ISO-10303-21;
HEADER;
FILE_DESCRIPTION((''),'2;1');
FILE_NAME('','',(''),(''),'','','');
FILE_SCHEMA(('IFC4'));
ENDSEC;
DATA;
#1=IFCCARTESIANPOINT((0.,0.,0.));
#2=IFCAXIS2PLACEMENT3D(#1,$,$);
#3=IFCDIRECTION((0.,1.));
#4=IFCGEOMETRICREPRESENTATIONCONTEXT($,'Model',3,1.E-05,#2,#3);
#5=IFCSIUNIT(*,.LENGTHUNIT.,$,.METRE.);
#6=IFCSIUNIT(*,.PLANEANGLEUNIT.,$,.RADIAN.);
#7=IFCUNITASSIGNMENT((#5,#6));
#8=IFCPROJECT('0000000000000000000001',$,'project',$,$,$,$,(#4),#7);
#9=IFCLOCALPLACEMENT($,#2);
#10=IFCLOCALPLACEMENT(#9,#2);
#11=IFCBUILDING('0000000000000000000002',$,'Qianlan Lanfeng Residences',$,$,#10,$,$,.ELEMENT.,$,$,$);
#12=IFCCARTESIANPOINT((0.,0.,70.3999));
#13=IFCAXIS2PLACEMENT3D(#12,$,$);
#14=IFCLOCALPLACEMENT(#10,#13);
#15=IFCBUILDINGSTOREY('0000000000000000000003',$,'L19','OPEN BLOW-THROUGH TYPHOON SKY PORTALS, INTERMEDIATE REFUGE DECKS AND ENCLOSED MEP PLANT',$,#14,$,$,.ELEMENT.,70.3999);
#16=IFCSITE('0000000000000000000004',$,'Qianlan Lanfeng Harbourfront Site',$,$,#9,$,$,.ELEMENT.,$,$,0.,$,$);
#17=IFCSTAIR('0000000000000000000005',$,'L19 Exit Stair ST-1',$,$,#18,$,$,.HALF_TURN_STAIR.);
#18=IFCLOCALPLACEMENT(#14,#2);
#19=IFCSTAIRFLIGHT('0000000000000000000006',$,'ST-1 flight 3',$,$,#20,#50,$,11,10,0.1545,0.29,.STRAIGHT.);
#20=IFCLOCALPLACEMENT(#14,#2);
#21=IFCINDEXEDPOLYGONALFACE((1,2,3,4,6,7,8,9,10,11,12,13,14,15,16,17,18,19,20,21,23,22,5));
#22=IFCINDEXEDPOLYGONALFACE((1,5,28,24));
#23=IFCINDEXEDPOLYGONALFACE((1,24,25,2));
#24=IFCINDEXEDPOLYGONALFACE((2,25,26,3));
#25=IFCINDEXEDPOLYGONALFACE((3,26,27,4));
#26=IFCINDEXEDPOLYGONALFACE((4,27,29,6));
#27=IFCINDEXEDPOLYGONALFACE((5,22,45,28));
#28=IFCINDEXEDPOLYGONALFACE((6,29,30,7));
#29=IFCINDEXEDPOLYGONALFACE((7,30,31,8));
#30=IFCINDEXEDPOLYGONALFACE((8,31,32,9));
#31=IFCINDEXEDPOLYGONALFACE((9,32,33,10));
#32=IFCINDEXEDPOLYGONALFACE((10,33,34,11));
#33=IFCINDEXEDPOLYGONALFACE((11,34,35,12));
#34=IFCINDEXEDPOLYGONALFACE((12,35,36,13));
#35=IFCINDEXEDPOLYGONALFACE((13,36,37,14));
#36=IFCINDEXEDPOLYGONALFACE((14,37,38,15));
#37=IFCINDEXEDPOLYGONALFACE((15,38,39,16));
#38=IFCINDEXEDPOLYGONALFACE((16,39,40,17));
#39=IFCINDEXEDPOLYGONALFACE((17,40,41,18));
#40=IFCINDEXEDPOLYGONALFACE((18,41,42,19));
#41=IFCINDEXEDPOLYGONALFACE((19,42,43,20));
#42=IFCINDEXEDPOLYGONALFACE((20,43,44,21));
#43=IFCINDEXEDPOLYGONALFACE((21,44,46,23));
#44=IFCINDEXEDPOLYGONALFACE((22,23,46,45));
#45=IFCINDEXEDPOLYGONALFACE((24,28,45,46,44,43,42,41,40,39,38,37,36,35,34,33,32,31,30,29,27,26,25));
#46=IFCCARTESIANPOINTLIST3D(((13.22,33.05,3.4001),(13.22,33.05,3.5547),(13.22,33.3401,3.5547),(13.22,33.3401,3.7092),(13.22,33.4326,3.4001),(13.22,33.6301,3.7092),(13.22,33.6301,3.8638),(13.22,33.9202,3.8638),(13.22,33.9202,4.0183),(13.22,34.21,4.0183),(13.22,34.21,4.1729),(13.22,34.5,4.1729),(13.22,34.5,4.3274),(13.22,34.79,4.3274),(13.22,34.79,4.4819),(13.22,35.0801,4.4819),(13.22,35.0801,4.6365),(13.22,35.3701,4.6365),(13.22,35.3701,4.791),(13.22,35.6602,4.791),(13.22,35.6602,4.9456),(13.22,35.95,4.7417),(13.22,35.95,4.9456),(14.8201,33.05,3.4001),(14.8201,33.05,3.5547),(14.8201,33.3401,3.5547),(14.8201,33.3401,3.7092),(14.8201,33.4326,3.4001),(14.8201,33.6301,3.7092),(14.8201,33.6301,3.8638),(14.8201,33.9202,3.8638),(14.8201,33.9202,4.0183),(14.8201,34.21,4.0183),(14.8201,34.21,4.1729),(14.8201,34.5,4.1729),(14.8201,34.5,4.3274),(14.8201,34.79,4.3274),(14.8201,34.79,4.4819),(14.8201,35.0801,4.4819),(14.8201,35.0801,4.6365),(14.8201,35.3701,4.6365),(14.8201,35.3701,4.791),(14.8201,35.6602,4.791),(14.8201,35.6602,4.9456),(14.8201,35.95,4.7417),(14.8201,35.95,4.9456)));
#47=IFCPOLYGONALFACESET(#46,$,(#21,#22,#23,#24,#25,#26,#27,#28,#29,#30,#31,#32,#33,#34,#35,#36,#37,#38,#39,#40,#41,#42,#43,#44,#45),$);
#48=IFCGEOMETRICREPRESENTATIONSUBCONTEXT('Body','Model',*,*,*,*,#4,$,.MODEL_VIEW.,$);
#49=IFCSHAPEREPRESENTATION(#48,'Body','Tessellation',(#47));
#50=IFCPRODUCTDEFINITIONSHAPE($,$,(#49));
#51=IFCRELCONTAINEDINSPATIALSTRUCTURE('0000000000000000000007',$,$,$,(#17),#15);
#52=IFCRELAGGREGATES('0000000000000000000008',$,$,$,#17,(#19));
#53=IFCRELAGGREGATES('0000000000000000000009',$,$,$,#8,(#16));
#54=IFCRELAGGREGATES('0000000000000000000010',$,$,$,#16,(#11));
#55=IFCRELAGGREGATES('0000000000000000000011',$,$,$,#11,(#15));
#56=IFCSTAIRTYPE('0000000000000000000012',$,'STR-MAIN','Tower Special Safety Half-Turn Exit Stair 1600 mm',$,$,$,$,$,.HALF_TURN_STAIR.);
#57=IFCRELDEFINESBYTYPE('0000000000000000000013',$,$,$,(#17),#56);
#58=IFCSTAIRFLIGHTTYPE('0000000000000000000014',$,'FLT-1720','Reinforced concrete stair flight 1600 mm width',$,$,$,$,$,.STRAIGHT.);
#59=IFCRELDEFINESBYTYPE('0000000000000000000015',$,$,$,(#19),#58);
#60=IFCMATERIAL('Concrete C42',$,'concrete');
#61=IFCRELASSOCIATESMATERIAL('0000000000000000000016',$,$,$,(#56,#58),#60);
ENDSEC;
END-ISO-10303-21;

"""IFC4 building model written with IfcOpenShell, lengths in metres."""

from ifc_helpers import new_model, si_unit, direction, frame, origin, place, context, subcontext, project, spatial, polyline, outline, extrude, material, type_object, element, aggregate, save


model = new_model("IFC4")

# Units and contexts
model_context = context("Model", 3, precision=1e-05, world=origin(), true_north=direction((0.0, 1.0)))
body_context = subcontext(model_context, "Body", "Model", "MODEL_VIEW")
ifc_project = project(units=[si_unit("LENGTHUNIT", "METRE"), si_unit("PLANEANGLEUNIT", "RADIAN")], contexts=[model_context])

# Site, building, storey
site_placement = place(None, origin())
site = spatial("IfcSite", under=ifc_project, at=site_placement, Name="Qianlan Lanfeng Harbourfront Site", CompositionType="ELEMENT", RefElevation=0.0)
building_placement = place(site_placement, origin())
building = spatial("IfcBuilding", under=site, at=building_placement, Name="Qianlan Lanfeng Residences", CompositionType="ELEMENT")
storey_placement = place(building_placement, frame((0.0, 0.0, 70.3999)))
storey = spatial("IfcBuildingStorey", under=building, at=storey_placement, Name="L19", Description="OPEN BLOW-THROUGH TYPHOON SKY PORTALS, INTERMEDIATE REFUGE DECKS AND ENCLOSED MEP PLANT", CompositionType="ELEMENT", Elevation=70.3999)

# Stair, stair flight
ifc_material_1 = material(Name="Concrete C42", Category="concrete")
stair_type = type_object("IfcStairType", Name="STR-MAIN", Description="Tower Special Safety Half-Turn Exit Stair 1600 mm", PredefinedType="HALF_TURN_STAIR", material=ifc_material_1)
stair_placement = place(storey_placement, origin())
stair = element("IfcStair", 1, at=stair_placement, inside=storey, type_object=stair_type, Name="L19 Exit Stair ST-1", PredefinedType="HALF_TURN_STAIR")
stair_flight_type = type_object("IfcStairFlightType", Name="FLT-1720", Description="Reinforced concrete stair flight 1600 mm width", PredefinedType="STRAIGHT", material=ifc_material_1)
stair_flight_1_placement = place(storey_placement, frame((14.02, 33.05, 3.4001), z_axis=(0.0, 0.0, 1.0), x_axis=(0.0, 1.0, 0.0)))
stair_flight_1 = element("IfcStairFlight", 2, at=stair_flight_1_placement, type_object=stair_flight_type, Name="ST-1 flight 3", NumberOfRisers=11, NumberOfTreads=10, PredefinedType="STRAIGHT", RiserHeight=0.1545, TreadLength=0.29, context=body_context, shape_type="SweptSolid", body=[
    extrude(outline(polyline([(0.0, 0.0), (0.0, 0.1545), (0.29, 0.1545), (0.29, 0.3091), (0.5801, 0.3091), (0.5801, 0.4636), (0.8701, 0.4636), (0.8701, 0.6182), (1.1599, 0.6182), (1.1599, 0.7727), (1.45, 0.7727), (1.45, 0.9272), (1.74, 0.9272), (1.74, 1.0818), (2.03, 1.0818), (2.03, 1.2363), (2.3201, 1.2363), (2.3201, 1.3909), (2.6101, 1.3909), (2.6101, 1.5454), (2.8999, 1.5454), (2.8999, 1.7), (2.8999, 1.3416), (0.3826, 0.0), (0.0, 0.0)])), frame((0.0, 0.8, 0.0), z_axis=(0.0, -1.0, 0.0), x_axis=(1.0, 0.0, 0.0)), (0.0, 0.0, 1.0), 1.6001),
])
aggregate(stair, [stair_flight_1])

save(model, "model.ifc")
